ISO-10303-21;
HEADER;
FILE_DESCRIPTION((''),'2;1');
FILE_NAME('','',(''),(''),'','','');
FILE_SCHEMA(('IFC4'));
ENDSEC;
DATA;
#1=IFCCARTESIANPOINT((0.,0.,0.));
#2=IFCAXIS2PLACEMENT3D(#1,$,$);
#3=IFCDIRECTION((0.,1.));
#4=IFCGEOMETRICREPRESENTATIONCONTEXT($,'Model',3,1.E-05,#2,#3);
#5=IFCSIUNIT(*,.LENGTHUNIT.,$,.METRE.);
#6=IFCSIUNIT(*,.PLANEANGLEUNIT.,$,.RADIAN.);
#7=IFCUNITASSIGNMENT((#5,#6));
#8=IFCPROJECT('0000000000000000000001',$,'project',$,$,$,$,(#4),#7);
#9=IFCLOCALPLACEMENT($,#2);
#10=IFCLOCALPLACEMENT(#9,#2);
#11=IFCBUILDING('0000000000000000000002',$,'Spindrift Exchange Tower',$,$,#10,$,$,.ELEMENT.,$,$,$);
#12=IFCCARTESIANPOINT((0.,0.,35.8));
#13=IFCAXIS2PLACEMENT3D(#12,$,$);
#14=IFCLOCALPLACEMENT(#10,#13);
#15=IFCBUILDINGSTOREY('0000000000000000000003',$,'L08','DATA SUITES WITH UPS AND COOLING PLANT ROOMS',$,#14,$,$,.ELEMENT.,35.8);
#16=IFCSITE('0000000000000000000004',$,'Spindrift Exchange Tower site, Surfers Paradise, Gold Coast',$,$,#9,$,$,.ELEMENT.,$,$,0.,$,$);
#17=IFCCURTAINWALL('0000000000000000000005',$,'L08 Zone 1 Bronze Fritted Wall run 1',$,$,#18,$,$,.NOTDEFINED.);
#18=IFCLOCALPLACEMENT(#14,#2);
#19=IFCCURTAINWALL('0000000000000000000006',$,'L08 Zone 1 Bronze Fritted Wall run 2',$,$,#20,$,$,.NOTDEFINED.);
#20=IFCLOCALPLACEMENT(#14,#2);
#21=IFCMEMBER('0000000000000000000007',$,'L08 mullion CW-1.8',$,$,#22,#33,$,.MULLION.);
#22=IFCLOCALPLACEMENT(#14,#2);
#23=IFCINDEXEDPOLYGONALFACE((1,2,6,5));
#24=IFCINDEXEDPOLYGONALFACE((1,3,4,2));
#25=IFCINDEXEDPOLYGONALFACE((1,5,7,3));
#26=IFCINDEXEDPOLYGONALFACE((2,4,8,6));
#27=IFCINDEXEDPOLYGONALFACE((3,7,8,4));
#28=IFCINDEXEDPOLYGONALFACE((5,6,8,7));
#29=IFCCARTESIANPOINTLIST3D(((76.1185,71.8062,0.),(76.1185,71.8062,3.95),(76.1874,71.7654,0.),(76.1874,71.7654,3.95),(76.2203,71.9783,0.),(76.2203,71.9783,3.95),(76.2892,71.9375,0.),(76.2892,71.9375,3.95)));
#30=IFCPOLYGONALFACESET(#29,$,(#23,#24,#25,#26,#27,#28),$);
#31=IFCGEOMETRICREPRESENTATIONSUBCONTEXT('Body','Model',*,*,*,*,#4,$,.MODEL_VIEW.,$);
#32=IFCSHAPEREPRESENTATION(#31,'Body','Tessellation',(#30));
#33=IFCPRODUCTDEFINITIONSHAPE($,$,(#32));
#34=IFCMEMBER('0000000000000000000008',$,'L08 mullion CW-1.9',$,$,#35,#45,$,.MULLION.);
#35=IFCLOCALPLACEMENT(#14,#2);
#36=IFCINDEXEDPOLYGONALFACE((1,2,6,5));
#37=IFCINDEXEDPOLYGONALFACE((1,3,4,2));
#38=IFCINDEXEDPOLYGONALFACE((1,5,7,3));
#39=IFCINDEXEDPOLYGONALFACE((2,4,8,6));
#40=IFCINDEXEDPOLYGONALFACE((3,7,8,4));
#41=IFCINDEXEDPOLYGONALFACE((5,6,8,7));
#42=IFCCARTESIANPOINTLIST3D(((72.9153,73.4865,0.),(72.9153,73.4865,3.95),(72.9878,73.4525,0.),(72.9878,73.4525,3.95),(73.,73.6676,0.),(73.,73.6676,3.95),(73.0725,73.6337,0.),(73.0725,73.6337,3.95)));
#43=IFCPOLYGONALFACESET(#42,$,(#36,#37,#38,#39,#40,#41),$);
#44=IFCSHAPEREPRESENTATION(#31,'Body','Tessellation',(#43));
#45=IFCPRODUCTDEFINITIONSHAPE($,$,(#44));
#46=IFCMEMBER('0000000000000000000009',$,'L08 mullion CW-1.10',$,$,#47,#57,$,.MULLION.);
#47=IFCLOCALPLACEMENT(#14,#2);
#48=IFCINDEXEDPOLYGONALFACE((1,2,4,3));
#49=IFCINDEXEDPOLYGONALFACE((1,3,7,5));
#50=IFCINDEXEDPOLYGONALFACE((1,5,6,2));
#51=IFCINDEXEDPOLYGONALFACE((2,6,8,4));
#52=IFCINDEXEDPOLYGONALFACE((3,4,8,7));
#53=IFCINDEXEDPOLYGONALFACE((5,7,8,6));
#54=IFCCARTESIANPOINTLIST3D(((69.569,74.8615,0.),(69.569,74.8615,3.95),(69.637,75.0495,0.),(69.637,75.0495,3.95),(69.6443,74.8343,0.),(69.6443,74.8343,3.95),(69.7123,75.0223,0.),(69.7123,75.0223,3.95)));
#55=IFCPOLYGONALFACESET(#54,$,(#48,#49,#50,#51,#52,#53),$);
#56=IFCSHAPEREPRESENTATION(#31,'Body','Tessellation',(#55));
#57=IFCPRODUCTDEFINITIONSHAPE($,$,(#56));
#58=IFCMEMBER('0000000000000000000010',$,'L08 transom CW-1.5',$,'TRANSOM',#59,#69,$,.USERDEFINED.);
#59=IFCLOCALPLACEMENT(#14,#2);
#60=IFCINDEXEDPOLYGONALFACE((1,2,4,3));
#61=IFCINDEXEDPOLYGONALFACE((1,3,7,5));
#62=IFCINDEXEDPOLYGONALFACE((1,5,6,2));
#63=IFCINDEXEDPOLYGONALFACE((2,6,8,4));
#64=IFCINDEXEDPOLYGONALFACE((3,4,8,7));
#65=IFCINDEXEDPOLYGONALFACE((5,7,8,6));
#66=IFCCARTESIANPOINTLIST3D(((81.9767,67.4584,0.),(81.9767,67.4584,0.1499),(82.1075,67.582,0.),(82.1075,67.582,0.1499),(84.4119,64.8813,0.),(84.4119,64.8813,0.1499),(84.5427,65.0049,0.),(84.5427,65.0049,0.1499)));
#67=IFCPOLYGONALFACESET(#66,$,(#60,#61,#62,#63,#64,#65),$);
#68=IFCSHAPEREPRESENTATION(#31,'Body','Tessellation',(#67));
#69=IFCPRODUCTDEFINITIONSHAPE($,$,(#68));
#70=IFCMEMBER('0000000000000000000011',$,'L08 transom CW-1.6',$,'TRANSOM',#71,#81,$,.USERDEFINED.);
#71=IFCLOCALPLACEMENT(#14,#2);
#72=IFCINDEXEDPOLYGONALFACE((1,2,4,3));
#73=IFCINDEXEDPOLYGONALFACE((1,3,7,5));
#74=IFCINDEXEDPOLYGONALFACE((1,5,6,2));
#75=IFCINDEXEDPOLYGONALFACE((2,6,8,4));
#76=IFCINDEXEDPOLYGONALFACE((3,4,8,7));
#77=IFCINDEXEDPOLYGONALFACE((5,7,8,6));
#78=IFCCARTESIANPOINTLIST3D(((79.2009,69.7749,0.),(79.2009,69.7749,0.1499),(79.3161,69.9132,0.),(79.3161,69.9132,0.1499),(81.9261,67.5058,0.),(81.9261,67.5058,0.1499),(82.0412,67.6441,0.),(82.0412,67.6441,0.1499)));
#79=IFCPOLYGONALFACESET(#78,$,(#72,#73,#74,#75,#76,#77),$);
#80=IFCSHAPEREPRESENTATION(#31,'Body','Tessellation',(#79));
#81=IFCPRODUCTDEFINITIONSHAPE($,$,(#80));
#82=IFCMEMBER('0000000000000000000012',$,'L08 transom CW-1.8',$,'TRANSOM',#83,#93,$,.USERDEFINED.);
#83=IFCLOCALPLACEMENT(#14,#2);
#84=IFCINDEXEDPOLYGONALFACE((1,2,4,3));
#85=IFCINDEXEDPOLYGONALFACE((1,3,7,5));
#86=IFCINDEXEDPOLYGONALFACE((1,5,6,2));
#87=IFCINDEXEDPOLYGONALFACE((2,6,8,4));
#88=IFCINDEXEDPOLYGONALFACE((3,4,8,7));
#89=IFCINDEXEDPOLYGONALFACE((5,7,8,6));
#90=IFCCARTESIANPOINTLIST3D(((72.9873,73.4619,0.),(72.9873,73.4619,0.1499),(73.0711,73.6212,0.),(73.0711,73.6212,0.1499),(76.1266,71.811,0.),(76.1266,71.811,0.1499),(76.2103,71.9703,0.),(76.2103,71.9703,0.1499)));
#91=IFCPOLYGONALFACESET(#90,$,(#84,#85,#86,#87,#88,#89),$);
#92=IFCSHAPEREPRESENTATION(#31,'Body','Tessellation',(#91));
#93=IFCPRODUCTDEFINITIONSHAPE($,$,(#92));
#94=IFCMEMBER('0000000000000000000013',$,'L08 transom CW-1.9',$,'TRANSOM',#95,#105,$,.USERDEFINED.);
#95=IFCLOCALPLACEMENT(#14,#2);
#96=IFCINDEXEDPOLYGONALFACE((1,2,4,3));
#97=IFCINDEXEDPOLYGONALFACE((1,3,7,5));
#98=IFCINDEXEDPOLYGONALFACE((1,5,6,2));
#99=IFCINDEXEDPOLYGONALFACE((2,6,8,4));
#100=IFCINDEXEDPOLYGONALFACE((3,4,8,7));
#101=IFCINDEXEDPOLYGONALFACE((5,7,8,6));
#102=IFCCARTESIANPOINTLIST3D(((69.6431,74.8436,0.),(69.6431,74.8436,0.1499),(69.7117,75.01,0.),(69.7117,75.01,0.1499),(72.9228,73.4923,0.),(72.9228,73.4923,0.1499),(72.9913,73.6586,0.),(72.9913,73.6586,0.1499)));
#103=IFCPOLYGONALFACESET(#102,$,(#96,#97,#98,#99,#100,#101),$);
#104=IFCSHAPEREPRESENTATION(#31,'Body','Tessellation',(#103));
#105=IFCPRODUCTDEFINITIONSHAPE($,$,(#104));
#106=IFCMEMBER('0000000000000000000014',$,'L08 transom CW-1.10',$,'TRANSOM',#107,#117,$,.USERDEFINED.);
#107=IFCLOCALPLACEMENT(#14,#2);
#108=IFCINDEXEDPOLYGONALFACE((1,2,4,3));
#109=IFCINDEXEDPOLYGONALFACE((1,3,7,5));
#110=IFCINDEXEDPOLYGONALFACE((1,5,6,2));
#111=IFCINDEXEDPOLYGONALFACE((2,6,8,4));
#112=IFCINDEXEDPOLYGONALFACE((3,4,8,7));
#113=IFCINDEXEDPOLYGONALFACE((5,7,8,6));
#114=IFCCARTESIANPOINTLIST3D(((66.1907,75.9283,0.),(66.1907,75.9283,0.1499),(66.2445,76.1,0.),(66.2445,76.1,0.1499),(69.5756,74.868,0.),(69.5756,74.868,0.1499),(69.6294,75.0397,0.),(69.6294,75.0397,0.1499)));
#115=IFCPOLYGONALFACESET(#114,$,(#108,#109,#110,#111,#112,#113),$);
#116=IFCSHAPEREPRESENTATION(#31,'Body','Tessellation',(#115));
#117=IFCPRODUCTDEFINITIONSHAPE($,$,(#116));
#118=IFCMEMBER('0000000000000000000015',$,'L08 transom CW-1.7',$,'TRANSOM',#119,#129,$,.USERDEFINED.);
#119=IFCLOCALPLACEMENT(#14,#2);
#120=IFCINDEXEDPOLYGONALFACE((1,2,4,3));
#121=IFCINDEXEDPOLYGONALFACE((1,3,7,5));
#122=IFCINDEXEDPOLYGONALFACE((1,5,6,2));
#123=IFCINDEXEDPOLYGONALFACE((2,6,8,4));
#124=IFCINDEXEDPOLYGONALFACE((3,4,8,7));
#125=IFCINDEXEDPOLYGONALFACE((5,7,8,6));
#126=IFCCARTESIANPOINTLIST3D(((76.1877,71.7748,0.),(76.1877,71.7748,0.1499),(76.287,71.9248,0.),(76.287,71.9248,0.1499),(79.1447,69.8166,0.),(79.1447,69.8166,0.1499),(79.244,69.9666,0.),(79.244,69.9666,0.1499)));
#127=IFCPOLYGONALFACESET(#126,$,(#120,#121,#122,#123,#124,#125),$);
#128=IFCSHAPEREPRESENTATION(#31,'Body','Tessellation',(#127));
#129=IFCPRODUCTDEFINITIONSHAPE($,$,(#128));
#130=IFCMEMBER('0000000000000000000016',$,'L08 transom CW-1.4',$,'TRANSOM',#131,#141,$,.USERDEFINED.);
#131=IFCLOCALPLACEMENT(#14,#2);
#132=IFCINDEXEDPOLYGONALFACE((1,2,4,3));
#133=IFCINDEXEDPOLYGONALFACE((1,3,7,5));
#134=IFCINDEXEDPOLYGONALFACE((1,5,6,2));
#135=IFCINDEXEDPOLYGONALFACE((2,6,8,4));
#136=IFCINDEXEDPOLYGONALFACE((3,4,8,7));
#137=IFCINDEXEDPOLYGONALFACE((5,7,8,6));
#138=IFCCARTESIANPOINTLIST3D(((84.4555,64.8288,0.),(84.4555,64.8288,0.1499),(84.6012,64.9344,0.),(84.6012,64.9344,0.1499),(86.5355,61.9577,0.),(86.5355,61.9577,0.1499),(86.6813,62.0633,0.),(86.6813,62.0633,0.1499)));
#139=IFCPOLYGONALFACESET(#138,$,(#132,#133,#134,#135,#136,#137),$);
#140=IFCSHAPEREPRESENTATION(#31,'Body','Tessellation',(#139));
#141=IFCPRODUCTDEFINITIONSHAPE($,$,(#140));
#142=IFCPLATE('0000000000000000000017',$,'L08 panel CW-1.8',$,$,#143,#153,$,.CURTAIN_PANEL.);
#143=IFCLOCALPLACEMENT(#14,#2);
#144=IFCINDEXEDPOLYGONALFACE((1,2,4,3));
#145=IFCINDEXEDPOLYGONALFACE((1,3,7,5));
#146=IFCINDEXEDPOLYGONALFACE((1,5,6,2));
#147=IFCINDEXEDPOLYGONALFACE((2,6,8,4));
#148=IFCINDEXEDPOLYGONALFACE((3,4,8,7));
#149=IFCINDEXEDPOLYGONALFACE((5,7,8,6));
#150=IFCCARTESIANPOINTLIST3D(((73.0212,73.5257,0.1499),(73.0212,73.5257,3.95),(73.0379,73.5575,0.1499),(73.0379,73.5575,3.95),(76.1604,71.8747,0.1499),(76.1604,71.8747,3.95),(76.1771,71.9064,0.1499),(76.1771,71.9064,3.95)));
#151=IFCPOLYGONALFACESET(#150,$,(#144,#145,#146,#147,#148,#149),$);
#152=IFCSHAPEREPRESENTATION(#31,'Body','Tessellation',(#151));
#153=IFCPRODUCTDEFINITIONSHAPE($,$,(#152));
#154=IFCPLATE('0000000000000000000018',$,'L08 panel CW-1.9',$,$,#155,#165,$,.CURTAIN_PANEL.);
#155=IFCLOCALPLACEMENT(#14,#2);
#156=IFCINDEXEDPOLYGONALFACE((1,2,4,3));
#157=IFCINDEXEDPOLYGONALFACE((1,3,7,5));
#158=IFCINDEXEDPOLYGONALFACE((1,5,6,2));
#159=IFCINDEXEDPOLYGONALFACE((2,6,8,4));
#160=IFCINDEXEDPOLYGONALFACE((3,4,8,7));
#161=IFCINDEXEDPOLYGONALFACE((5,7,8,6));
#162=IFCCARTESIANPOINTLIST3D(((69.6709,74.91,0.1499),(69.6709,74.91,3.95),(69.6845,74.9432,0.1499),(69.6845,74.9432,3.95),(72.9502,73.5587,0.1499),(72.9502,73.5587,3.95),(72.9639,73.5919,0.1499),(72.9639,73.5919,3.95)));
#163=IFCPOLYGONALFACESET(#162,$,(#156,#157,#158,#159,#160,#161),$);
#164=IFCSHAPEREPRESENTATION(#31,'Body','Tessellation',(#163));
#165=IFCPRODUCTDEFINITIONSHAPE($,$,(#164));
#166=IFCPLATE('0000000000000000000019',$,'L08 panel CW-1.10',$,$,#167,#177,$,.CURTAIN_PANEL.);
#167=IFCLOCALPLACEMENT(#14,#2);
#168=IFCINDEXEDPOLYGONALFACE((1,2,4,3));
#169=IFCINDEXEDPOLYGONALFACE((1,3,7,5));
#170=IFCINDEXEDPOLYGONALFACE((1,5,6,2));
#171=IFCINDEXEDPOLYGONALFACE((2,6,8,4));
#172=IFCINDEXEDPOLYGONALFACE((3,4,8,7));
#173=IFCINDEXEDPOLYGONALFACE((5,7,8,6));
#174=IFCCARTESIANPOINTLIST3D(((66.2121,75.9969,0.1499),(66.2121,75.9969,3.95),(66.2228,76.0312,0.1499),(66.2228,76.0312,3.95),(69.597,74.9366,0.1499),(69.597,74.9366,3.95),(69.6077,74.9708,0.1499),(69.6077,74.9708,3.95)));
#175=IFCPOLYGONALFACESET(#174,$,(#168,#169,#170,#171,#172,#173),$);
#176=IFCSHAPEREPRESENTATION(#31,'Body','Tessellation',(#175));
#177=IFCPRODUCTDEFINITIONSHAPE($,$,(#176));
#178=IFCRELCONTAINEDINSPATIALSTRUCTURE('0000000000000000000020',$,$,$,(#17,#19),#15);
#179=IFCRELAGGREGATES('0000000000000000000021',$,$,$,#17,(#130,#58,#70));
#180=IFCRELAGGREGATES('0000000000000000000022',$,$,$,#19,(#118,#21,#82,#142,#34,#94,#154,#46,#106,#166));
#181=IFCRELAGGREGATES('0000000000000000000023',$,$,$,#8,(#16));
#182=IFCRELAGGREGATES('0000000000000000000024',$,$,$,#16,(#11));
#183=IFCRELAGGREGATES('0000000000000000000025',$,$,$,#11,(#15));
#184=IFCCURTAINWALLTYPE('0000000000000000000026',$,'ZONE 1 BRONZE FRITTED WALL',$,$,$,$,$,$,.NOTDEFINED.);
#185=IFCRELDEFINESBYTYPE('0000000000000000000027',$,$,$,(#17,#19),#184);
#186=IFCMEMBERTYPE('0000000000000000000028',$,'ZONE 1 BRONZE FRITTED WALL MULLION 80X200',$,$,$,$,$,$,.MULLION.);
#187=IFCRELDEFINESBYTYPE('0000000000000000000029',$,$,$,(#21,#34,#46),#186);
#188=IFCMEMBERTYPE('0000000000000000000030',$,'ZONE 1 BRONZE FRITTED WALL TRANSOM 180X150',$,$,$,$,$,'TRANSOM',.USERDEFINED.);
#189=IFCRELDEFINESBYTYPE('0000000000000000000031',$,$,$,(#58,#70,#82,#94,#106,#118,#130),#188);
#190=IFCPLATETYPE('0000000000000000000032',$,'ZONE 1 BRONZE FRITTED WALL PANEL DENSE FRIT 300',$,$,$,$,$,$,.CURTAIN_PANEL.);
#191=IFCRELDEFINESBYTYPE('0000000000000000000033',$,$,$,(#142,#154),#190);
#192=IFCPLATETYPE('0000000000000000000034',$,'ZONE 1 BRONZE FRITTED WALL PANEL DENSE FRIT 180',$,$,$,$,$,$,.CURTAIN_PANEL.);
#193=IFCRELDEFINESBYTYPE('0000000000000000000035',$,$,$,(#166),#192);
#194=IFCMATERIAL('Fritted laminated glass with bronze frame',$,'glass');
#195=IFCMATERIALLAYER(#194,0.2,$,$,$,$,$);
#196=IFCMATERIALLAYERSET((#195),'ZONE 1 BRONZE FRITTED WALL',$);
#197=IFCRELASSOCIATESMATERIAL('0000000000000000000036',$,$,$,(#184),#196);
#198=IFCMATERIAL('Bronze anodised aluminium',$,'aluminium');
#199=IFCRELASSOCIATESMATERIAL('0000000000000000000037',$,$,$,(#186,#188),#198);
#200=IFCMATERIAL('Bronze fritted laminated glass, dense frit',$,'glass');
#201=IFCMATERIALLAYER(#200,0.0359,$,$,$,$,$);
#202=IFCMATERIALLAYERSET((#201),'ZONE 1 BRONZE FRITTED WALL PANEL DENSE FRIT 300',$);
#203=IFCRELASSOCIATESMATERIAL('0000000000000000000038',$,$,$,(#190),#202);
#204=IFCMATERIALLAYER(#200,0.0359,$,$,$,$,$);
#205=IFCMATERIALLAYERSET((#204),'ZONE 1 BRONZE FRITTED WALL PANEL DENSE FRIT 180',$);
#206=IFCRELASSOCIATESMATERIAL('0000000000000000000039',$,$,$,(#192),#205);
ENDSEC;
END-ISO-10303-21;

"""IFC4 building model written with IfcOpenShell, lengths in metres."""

from ifc_helpers import new_model, si_unit, direction, frame, origin, origin_2d, place, context, subcontext, project, spatial, rectangle, extrude, source, transform, mapped, material, layer, layer_set, material_profile, profile_set, type_object, element, aggregate, save


model = new_model("IFC4")

# Units and contexts
model_context = context("Model", 3, precision=1e-05, world=origin(), true_north=direction((0.0, 1.0)))
body_context = subcontext(model_context, "Body", "Model", "MODEL_VIEW")
ifc_project = project(units=[si_unit("LENGTHUNIT", "METRE"), si_unit("PLANEANGLEUNIT", "RADIAN")], contexts=[model_context])

# Site, building, storey
site_placement = place(None, origin())
site = spatial("IfcSite", under=ifc_project, at=site_placement, Name="Spindrift Exchange Tower site, Surfers Paradise, Gold Coast", CompositionType="ELEMENT", RefElevation=0.0)
building_placement = place(site_placement, origin())
building = spatial("IfcBuilding", under=site, at=building_placement, Name="Spindrift Exchange Tower", CompositionType="ELEMENT")
storey_placement = place(building_placement, frame((0.0, 0.0, 35.8)))
storey = spatial("IfcBuildingStorey", under=building, at=storey_placement, Name="L08", Description="DATA SUITES WITH UPS AND COOLING PLANT ROOMS", CompositionType="ELEMENT", Elevation=35.8)

# Curtain walls, members
ifc_material_1 = material(Name="Fritted laminated glass with bronze frame", Category="glass")
ifc_layer_1 = layer(ifc_material_1, 0.2)
ifc_layer_set_1 = layer_set([ifc_layer_1], Name="ZONE 1 BRONZE FRITTED WALL")
curtain_wall_type = type_object("IfcCurtainWallType", Name="ZONE 1 BRONZE FRITTED WALL", PredefinedType="NOTDEFINED", material=ifc_layer_set_1)
curtain_wall_1_placement = place(storey_placement, origin())
curtain_wall_1 = element("IfcCurtainWall", 1, at=curtain_wall_1_placement, inside=storey, type_object=curtain_wall_type, Name="L08 Zone 1 Bronze Fritted Wall run 1", PredefinedType="NOTDEFINED")
ifc_material_2 = material(Name="Bronze anodised aluminium", Category="aluminium")
ifc_material_profile_1 = material_profile(ifc_material_2, rectangle(XDim=0.0801, YDim=0.2, at=origin_2d()), Name="ZONE 1 BRONZE FRITTED WALL MULLION 80X200")
ifc_profile_set_1 = profile_set([ifc_material_profile_1], Name="Bronze anodised aluminium")
member_type_1 = type_object("IfcMemberType", Name="ZONE 1 BRONZE FRITTED WALL MULLION 80X200", PredefinedType="MULLION", material=ifc_profile_set_1)
shared_shape_1 = source(origin(), body_context, "Body", "SweptSolid", [
    extrude(rectangle(XDim=0.0801, YDim=0.2, at=origin_2d()), origin(), (0.0, 0.0, 1.0), 3.95),
])
curtain_wall_2_placement = place(storey_placement, origin())
curtain_wall_2 = element("IfcCurtainWall", 2, at=curtain_wall_2_placement, inside=storey, type_object=curtain_wall_type, Name="L08 Zone 1 Bronze Fritted Wall run 2", PredefinedType="NOTDEFINED")
member_1_placement = place(storey_placement, frame((76.2039, 71.8718, 0.0), z_axis=(0.0, 0.0, 1.0), x_axis=(-0.860506, 0.509441, 0.0)))
member_1 = element("IfcMember", 3, at=member_1_placement, type_object=member_type_1, Name="L08 mullion CW-1.8", PredefinedType="MULLION", context=body_context, shape_type="MappedRepresentation", body=[
    mapped(shared_shape_1, transform((0.0, 0.0, 0.0), scale=1.0)),
])
member_2_placement = place(storey_placement, frame((72.9939, 73.5601, 0.0), z_axis=(0.0, 0.0, 1.0), x_axis=(-0.905805, 0.423694, 0.0)))
member_2 = element("IfcMember", 4, at=member_2_placement, type_object=member_type_1, Name="L08 mullion CW-1.9", PredefinedType="MULLION", context=body_context, shape_type="MappedRepresentation", body=[
    mapped(shared_shape_1, transform((0.0, 0.0, 0.0), scale=1.0)),
])
member_3_placement = place(storey_placement, frame((69.6406, 74.9419, 0.0), z_axis=(0.0, 0.0, 1.0), x_axis=(-0.940322, 0.340285, 0.0)))
member_3 = element("IfcMember", 5, at=member_3_placement, type_object=member_type_1, Name="L08 mullion CW-1.10", PredefinedType="MULLION", context=body_context, shape_type="MappedRepresentation", body=[
    mapped(shared_shape_1, transform((0.0, 0.0, 0.0), scale=1.0)),
])

# Members
ifc_material_profile_2 = material_profile(ifc_material_2, rectangle(XDim=0.1799, YDim=0.1499, at=origin_2d()), Name="ZONE 1 BRONZE FRITTED WALL TRANSOM 180X150")
ifc_profile_set_2 = profile_set([ifc_material_profile_2], Name="Bronze anodised aluminium")
member_type_2 = type_object("IfcMemberType", Name="ZONE 1 BRONZE FRITTED WALL TRANSOM 180X150", ElementType="TRANSOM", PredefinedType="USERDEFINED", material=ifc_profile_set_2)
shared_shape_2 = source(origin(), body_context, "Body", "SweptSolid", [
    extrude(rectangle(XDim=0.1799, YDim=0.1499, at=origin_2d()), origin(), (0.0, 0.0, 1.0), 3.5457),
])
member_4_placement = place(storey_placement, frame((84.4773, 64.9431, 0.075), z_axis=(-0.686822, 0.726826, 0.0), x_axis=(-0.726826, -0.686822, 0.0)))
member_4 = element("IfcMember", 6, at=member_4_placement, type_object=member_type_2, Name="L08 transom CW-1.5", ObjectType="TRANSOM", PredefinedType="USERDEFINED", context=body_context, shape_type="MappedRepresentation", body=[
    mapped(shared_shape_2, transform((0.0, 0.0, 0.0), scale=1.0)),
])
shared_shape_3 = source(origin(), body_context, "Body", "SweptSolid", [
    extrude(rectangle(XDim=0.1799, YDim=0.1499, at=origin_2d()), origin(), (0.0, 0.0, 1.0), 3.5461),
])
member_5_placement = place(storey_placement, frame((81.9836, 67.575, 0.075), z_axis=(-0.768481, 0.639873, 0.0), x_axis=(-0.639873, -0.768481, 0.0)))
member_5 = element("IfcMember", 7, at=member_5_placement, type_object=member_type_2, Name="L08 transom CW-1.6", ObjectType="TRANSOM", PredefinedType="USERDEFINED", context=body_context, shape_type="MappedRepresentation", body=[
    mapped(shared_shape_3, transform((0.0, 0.0, 0.0), scale=1.0)),
])
shared_shape_4 = source(origin(), body_context, "Body", "SweptSolid", [
    extrude(rectangle(XDim=0.1799, YDim=0.1499, at=origin_2d()), origin(), (0.0, 0.0, 1.0), 3.5469),
])
member_6_placement = place(storey_placement, frame((76.1685, 71.8906, 0.075), z_axis=(-0.88507, 0.465457, 0.0), x_axis=(-0.465457, -0.88507, 0.0)))
member_6 = element("IfcMember", 8, at=member_6_placement, type_object=member_type_2, Name="L08 transom CW-1.8", ObjectType="TRANSOM", PredefinedType="USERDEFINED", context=body_context, shape_type="MappedRepresentation", body=[
    mapped(shared_shape_4, transform((0.0, 0.0, 0.0), scale=1.0)),
])
shared_shape_5 = source(origin(), body_context, "Body", "SweptSolid", [
    extrude(rectangle(XDim=0.1799, YDim=0.1499, at=origin_2d()), origin(), (0.0, 0.0, 1.0), 3.5471),
])
member_7_placement = place(storey_placement, frame((72.957, 73.5754, 0.075), z_axis=(-0.924587, 0.380971, 0.0), x_axis=(-0.380971, -0.924587, 0.0)))
member_7 = element("IfcMember", 9, at=member_7_placement, type_object=member_type_2, Name="L08 transom CW-1.9", ObjectType="TRANSOM", PredefinedType="USERDEFINED", context=body_context, shape_type="MappedRepresentation", body=[
    mapped(shared_shape_5, transform((0.0, 0.0, 0.0), scale=1.0)),
])
member_8_placement = place(storey_placement, frame((69.6025, 74.9539, 0.075), z_axis=(-0.95428, 0.298914, 0.0), x_axis=(-0.298914, -0.95428, 0.0)))
member_8 = element("IfcMember", 10, at=member_8_placement, type_object=member_type_2, Name="L08 transom CW-1.10", ObjectType="TRANSOM", PredefinedType="USERDEFINED", context=body_context, shape_type="MappedRepresentation", body=[
    mapped(shared_shape_5, transform((0.0, 0.0, 0.0), scale=1.0)),
])
shared_shape_6 = source(origin(), body_context, "Body", "SweptSolid", [
    extrude(rectangle(XDim=0.1799, YDim=0.1499, at=origin_2d()), origin(), (0.0, 0.0, 1.0), 3.5466),
])
member_9_placement = place(storey_placement, frame((79.1943, 69.8916, 0.075), z_axis=(-0.833751, 0.55214, 0.0), x_axis=(-0.55214, -0.833751, 0.0)))
member_9 = element("IfcMember", 11, at=member_9_placement, type_object=member_type_2, Name="L08 transom CW-1.7", ObjectType="TRANSOM", PredefinedType="USERDEFINED", context=body_context, shape_type="MappedRepresentation", body=[
    mapped(shared_shape_6, transform((0.0, 0.0, 0.0), scale=1.0)),
])
shared_shape_7 = source(origin(), body_context, "Body", "SweptSolid", [
    extrude(rectangle(XDim=0.1799, YDim=0.1499, at=origin_2d()), origin(), (0.0, 0.0, 1.0), 3.5454),
])
member_10_placement = place(storey_placement, frame((86.6084, 62.0105, 0.075), z_axis=(-0.586697, 0.809807, 0.0), x_axis=(-0.809807, -0.586697, 0.0)))
member_10 = element("IfcMember", 12, at=member_10_placement, type_object=member_type_2, Name="L08 transom CW-1.4", ObjectType="TRANSOM", PredefinedType="USERDEFINED", context=body_context, shape_type="MappedRepresentation", body=[
    mapped(shared_shape_7, transform((0.0, 0.0, 0.0), scale=1.0)),
])

# Plates
ifc_material_3 = material(Name="Bronze fritted laminated glass, dense frit", Category="glass")
ifc_layer_2 = layer(ifc_material_3, 0.0359)
ifc_layer_set_2 = layer_set([ifc_layer_2], Name="ZONE 1 BRONZE FRITTED WALL PANEL DENSE FRIT 300")
plate_type_1 = type_object("IfcPlateType", Name="ZONE 1 BRONZE FRITTED WALL PANEL DENSE FRIT 300", PredefinedType="CURTAIN_PANEL", material=ifc_layer_set_2)
shared_shape_8 = source(origin(), body_context, "Body", "SweptSolid", [
    extrude(rectangle(XDim=3.5469, YDim=0.0359, at=origin_2d()), origin(), (0.0, 0.0, 1.0), 3.8),
])
plate_1_placement = place(storey_placement, frame((74.5991, 72.7161, 0.1499), z_axis=(0.0, 0.0, 1.0), x_axis=(-0.885057, 0.465483, 0.0)))
plate_1 = element("IfcPlate", 13, at=plate_1_placement, type_object=plate_type_1, Name="L08 panel CW-1.8", PredefinedType="CURTAIN_PANEL", context=body_context, shape_type="MappedRepresentation", body=[
    mapped(shared_shape_8, transform((0.0, 0.0, 0.0), scale=1.0)),
])
plate_2_placement = place(storey_placement, frame((71.3174, 74.251, 0.1499), z_axis=(0.0, 0.0, 1.0), x_axis=(-0.924582, 0.380983, 0.0)))
plate_2 = element("IfcPlate", 14, at=plate_2_placement, type_object=plate_type_1, Name="L08 panel CW-1.9", PredefinedType="CURTAIN_PANEL", context=body_context, shape_type="MappedRepresentation", body=[
    mapped(shared_shape_8, transform((0.0, 0.0, 0.0), scale=1.0)),
])
ifc_layer_3 = layer(ifc_material_3, 0.0359)
ifc_layer_set_3 = layer_set([ifc_layer_3], Name="ZONE 1 BRONZE FRITTED WALL PANEL DENSE FRIT 180")
plate_type_2 = type_object("IfcPlateType", Name="ZONE 1 BRONZE FRITTED WALL PANEL DENSE FRIT 180", PredefinedType="CURTAIN_PANEL", material=ifc_layer_set_3)
shared_shape_9 = source(origin(), body_context, "Body", "SweptSolid", [
    extrude(rectangle(XDim=3.5471, YDim=0.0359, at=origin_2d()), origin(), (0.0, 0.0, 1.0), 3.8),
])
plate_3_placement = place(storey_placement, frame((67.9099, 75.4839, 0.1499), z_axis=(0.0, 0.0, 1.0), x_axis=(-0.954272, 0.298939, 0.0)))
plate_3 = element("IfcPlate", 15, at=plate_3_placement, type_object=plate_type_2, Name="L08 panel CW-1.10", PredefinedType="CURTAIN_PANEL", context=body_context, shape_type="MappedRepresentation", body=[
    mapped(shared_shape_9, transform((0.0, 0.0, 0.0), scale=1.0)),
])
aggregate(curtain_wall_1, [member_10, member_4, member_5])
aggregate(curtain_wall_2, [member_9, member_1, member_6, plate_1, member_2, member_7, plate_2, member_3, member_8, plate_3])

save(model, "model.ifc")
